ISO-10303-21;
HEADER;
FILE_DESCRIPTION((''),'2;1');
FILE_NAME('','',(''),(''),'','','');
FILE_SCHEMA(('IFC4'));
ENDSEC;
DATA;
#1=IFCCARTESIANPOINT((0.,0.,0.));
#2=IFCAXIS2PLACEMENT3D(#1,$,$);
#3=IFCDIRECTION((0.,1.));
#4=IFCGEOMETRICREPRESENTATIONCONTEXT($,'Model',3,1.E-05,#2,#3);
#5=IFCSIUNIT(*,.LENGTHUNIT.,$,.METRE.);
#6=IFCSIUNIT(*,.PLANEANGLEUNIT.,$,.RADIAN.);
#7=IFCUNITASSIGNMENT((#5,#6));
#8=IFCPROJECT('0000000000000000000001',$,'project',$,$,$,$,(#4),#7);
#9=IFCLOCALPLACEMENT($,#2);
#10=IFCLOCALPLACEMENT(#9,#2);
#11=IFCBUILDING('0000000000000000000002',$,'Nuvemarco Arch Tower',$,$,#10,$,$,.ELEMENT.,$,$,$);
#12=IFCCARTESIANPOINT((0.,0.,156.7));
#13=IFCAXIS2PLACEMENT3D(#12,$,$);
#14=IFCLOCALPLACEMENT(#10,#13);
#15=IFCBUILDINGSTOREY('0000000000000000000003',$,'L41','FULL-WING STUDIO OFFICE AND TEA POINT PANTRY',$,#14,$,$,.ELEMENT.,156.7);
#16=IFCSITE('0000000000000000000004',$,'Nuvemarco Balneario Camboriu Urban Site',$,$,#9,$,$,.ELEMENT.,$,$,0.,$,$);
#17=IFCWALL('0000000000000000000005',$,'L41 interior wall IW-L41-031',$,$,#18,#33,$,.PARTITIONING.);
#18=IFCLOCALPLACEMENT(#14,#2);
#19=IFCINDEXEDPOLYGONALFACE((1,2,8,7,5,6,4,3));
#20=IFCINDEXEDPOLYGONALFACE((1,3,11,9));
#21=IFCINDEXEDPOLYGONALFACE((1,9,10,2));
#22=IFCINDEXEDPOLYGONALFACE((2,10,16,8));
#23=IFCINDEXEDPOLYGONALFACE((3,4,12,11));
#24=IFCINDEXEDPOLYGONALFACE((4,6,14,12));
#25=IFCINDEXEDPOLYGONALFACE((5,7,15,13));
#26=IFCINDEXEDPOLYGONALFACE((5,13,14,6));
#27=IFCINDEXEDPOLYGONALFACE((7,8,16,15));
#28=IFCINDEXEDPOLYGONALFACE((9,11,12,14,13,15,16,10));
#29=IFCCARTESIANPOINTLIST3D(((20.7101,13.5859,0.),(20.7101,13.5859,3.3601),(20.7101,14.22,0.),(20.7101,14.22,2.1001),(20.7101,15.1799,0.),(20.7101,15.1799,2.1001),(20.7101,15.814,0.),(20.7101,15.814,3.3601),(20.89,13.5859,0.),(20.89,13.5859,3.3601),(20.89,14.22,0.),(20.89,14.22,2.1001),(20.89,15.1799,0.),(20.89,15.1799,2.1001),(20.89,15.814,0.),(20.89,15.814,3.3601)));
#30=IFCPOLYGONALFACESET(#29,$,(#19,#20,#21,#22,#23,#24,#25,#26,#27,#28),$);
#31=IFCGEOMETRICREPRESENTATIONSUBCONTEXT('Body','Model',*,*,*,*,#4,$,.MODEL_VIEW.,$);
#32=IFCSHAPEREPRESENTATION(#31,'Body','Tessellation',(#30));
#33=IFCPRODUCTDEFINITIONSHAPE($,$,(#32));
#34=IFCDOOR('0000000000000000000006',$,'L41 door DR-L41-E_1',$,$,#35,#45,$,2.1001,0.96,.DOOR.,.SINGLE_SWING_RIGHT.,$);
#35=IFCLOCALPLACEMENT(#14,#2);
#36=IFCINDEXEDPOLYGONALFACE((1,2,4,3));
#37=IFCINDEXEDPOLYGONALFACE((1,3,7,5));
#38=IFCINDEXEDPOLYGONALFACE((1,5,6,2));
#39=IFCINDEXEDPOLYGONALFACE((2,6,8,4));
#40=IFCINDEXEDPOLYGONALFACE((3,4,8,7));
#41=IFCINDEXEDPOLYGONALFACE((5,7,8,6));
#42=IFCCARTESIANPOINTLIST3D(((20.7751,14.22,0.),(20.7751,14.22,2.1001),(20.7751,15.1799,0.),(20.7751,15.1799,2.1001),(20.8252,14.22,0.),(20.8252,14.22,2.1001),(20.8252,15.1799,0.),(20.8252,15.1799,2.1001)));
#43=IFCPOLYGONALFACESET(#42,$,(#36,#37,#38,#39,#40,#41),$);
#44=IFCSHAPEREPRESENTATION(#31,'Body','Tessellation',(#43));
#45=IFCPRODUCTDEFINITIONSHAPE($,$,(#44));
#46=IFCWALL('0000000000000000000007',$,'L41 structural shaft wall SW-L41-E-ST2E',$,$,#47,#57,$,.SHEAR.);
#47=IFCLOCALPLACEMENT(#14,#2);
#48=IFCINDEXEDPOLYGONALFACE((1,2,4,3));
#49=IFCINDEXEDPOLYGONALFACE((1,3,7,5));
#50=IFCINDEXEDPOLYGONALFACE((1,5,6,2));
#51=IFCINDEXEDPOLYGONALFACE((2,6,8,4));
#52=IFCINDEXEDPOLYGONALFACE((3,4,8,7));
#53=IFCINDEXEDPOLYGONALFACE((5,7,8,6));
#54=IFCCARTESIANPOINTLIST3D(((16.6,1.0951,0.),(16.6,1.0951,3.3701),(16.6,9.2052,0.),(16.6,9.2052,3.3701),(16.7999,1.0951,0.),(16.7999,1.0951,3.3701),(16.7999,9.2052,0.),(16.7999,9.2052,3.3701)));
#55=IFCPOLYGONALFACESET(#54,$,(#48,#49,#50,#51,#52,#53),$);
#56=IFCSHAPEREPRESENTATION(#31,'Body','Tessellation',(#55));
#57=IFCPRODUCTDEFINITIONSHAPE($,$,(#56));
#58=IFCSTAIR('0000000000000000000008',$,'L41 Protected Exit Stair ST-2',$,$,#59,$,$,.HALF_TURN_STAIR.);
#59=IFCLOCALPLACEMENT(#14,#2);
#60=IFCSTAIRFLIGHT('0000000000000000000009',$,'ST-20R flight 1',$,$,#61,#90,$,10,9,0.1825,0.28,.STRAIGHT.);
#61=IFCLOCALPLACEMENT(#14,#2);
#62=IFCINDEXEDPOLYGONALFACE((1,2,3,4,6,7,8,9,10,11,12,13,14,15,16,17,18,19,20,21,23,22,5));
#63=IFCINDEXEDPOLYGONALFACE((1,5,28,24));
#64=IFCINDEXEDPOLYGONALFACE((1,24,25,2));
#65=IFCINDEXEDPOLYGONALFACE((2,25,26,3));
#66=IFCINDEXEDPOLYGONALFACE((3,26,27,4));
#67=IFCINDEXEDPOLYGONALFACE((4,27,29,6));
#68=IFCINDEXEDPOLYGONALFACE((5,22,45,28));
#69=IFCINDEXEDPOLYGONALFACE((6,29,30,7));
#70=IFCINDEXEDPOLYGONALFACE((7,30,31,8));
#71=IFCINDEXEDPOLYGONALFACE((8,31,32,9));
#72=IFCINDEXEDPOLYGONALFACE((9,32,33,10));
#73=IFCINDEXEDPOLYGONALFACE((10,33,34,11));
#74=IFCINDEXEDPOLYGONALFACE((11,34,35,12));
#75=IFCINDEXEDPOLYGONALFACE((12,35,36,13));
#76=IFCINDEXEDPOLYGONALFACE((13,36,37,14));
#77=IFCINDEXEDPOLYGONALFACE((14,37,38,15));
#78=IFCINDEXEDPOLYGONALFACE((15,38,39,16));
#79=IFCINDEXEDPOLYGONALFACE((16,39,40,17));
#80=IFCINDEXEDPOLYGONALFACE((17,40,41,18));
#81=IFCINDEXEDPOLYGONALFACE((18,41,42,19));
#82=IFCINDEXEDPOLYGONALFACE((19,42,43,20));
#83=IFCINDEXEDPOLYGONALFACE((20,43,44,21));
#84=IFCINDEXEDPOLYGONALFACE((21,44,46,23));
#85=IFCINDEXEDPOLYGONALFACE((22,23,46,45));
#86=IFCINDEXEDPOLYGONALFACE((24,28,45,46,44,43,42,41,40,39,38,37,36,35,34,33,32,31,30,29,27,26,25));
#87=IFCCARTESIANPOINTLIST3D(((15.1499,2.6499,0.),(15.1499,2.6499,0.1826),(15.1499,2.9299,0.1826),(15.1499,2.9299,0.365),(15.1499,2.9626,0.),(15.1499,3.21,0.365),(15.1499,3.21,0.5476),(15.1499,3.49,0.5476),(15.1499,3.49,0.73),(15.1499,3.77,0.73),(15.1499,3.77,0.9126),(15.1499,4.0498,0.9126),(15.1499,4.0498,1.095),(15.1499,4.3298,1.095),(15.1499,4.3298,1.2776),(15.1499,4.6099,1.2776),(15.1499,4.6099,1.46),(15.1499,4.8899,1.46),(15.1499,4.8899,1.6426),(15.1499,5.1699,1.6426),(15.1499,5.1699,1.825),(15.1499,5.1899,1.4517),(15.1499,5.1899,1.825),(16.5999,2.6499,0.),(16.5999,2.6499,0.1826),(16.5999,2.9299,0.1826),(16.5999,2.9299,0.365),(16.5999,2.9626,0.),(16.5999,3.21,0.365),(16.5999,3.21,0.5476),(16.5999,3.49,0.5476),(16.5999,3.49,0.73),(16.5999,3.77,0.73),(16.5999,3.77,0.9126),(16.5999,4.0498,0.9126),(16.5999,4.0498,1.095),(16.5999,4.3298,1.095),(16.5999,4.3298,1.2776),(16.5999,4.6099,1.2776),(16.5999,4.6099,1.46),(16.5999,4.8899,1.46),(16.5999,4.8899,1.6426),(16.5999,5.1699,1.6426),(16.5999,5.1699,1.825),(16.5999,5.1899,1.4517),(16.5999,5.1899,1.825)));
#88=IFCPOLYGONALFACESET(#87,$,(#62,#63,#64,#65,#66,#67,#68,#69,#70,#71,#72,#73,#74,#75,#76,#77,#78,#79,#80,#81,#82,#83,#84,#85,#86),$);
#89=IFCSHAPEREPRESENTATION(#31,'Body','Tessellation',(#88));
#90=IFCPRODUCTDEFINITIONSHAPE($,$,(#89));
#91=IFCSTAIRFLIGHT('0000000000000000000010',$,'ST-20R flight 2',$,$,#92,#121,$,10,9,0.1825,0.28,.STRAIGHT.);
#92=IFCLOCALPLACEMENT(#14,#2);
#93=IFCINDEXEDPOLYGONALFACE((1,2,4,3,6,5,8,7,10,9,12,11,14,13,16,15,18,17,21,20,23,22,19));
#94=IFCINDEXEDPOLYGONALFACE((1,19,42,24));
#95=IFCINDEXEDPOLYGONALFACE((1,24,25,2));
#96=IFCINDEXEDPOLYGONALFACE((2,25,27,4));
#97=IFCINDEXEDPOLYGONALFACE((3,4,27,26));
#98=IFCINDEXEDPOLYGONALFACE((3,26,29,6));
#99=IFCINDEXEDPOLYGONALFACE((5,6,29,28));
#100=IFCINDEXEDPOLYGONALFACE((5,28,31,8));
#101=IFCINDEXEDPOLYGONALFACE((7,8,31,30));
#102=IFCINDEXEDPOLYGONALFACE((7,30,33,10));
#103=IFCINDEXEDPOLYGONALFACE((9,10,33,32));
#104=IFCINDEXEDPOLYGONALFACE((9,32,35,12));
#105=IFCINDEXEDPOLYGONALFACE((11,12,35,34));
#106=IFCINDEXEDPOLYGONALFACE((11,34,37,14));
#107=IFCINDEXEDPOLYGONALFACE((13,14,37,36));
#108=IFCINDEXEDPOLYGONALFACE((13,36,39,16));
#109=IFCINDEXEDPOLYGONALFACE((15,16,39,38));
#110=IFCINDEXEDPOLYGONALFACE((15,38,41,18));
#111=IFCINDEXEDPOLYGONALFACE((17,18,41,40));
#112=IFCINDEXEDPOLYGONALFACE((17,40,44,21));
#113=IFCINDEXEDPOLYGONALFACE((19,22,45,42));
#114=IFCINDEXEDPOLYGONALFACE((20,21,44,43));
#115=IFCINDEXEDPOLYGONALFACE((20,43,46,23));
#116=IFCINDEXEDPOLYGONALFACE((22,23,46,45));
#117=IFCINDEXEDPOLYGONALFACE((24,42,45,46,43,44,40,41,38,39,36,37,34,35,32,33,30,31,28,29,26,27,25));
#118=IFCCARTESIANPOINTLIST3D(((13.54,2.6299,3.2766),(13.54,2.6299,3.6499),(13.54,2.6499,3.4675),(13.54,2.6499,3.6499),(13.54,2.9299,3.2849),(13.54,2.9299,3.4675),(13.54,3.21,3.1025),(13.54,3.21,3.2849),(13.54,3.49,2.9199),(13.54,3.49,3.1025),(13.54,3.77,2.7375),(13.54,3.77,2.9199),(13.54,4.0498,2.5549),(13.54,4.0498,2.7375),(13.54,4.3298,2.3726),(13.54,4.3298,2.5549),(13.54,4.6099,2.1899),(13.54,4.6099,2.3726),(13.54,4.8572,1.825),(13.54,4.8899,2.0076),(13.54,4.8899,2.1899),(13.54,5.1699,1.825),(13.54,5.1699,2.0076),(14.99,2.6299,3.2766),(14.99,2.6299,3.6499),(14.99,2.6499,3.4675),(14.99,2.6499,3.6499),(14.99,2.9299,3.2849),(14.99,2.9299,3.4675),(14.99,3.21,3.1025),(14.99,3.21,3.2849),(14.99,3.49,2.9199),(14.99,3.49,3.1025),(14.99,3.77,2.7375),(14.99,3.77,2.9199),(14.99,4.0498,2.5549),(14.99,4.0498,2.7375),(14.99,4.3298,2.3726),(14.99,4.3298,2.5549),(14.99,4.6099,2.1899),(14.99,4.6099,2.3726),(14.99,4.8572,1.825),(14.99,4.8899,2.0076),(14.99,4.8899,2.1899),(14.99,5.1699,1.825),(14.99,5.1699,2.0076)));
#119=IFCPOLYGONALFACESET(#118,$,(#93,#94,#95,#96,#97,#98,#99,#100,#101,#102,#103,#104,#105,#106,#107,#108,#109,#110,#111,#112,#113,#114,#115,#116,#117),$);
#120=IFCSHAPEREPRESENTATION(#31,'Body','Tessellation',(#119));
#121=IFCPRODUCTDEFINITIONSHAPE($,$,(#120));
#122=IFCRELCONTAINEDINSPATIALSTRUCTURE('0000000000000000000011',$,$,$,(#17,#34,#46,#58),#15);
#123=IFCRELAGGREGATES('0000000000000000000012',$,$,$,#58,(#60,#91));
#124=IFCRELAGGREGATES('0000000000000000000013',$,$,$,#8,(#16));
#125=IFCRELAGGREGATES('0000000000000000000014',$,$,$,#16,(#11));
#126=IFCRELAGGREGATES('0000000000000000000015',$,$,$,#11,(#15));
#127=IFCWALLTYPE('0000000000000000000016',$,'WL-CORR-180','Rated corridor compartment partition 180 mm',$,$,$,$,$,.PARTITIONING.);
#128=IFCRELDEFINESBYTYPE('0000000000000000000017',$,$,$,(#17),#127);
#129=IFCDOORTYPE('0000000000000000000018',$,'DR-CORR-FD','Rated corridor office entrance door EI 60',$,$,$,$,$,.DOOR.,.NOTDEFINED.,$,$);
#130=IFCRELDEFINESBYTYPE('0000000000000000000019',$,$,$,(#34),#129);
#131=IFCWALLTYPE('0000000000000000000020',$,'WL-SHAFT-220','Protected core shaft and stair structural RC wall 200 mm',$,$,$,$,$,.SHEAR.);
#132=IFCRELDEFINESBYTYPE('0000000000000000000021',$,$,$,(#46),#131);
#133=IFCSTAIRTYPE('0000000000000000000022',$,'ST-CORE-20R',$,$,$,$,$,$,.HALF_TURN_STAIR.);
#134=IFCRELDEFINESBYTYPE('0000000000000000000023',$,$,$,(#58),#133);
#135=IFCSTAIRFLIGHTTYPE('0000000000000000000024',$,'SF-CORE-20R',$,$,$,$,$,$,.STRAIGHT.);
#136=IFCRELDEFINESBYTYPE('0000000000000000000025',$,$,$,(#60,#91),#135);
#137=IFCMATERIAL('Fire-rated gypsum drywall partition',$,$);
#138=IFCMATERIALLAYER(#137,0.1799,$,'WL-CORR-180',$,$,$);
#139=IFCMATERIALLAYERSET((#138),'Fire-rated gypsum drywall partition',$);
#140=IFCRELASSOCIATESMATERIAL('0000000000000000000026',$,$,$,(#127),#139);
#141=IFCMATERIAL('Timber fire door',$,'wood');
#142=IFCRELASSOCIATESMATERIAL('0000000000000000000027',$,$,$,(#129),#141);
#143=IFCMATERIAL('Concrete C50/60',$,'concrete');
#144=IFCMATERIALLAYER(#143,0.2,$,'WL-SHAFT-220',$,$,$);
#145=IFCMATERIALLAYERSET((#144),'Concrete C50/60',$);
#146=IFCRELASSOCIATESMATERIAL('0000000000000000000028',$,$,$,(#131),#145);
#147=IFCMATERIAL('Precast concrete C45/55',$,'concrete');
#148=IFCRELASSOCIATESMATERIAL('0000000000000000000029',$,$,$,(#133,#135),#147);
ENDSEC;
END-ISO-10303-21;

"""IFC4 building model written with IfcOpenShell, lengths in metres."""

from ifc_helpers import new_model, si_unit, direction, frame, frame_2d, origin, place, context, subcontext, project, spatial, polyline, rectangle, outline, extrude, source, transform, mapped, material, layer, layer_set, type_object, type_shapes, element, fill, aggregate, save


model = new_model("IFC4")

# Units and contexts
model_context = context("Model", 3, precision=1e-05, world=origin(), true_north=direction((0.0, 1.0)))
body_context = subcontext(model_context, "Body", "Model", "MODEL_VIEW")
ifc_project = project(units=[si_unit("LENGTHUNIT", "METRE"), si_unit("PLANEANGLEUNIT", "RADIAN")], contexts=[model_context])

# Site, building, storey
site_placement = place(None, origin())
site = spatial("IfcSite", under=ifc_project, at=site_placement, Name="Nuvemarco Balneario Camboriu Urban Site", CompositionType="ELEMENT", RefElevation=0.0)
building_placement = place(site_placement, origin())
building = spatial("IfcBuilding", under=site, at=building_placement, Name="Nuvemarco Arch Tower", CompositionType="ELEMENT")
storey_placement = place(building_placement, frame((0.0, 0.0, 156.7)))
storey = spatial("IfcBuildingStorey", under=building, at=storey_placement, Name="L41", Description="FULL-WING STUDIO OFFICE AND TEA POINT PANTRY", CompositionType="ELEMENT", Elevation=156.7)

# Shared definitions
ifc_material_1 = material(Name="Concrete C50/60", Category="concrete")

# Shared definitions
ifc_material_2 = material(Name="Precast concrete C45/55", Category="concrete")

# Shared definitions
ifc_material_3 = material(Name="Fire-rated gypsum drywall partition")
ifc_layer_1 = layer(ifc_material_3, 0.1799, Name="WL-CORR-180")
ifc_layer_set_1 = layer_set([ifc_layer_1], Name="Fire-rated gypsum drywall partition")
wall_type_1 = type_object("IfcWallType", Name="WL-CORR-180", Description="Rated corridor compartment partition 180 mm", PredefinedType="PARTITIONING", material=ifc_layer_set_1)

# Wall, opening, door
wall_1_placement = place(storey_placement, frame((20.8, 13.5859, 0.0), z_axis=(0.0, 0.0, 1.0), x_axis=(0.0, 1.0, 0.0)))
wall_1 = element("IfcWall", 1, at=wall_1_placement, inside=storey, type_object=wall_type_1, Name="L41 interior wall IW-L41-031", PredefinedType="PARTITIONING", context=body_context, shape_type="SweptSolid", body=[
    extrude(rectangle(XDim=2.228, YDim=0.1799, at=frame_2d((1.114, 0.0))), origin(), (0.0, 0.0, 1.0), 3.3601),
])
opening_placement = place(wall_1_placement, frame((0.634, 0.0, 0.0)))
opening = element("IfcOpeningElement", 2, at=opening_placement, cuts=wall_1, PredefinedType="OPENING", context=body_context, shape_type="SweptSolid", body=[
    extrude(rectangle(XDim=0.96, YDim=2.1001, at=frame_2d((0.48, 1.05))), frame((0.0, 0.0999, 0.0), z_axis=(0.0, -1.0, 0.0), x_axis=(1.0, 0.0, 0.0)), (0.0, 0.0, 1.0), 0.2),
])
ifc_material_4 = material(Name="Timber fire door", Category="wood")
door_type = type_object("IfcDoorType", Name="DR-CORR-FD", Description="Rated corridor office entrance door EI 60", OperationType="NOTDEFINED", PredefinedType="DOOR", material=ifc_material_4)
shared_shape_1 = source(origin(), body_context, "Body", "SweptSolid", [
    extrude(rectangle(XDim=0.96, YDim=2.1001, at=frame_2d((0.48, 1.05))), frame((0.0, 0.0249, 0.0), z_axis=(0.0, -1.0, 0.0), x_axis=(1.0, 0.0, 0.0)), (0.0, 0.0, 1.0), 0.05),
])
type_shapes(door_type, [shared_shape_1])
door_placement = place(opening_placement, origin())
door = element("IfcDoor", 3, at=door_placement, inside=storey, type_object=door_type, Name="L41 door DR-L41-E_1", OperationType="SINGLE_SWING_RIGHT", OverallHeight=2.1001, OverallWidth=0.96, PredefinedType="DOOR", context=body_context, shape_type="MappedRepresentation", body=[
    mapped(shared_shape_1, transform((0.0, 0.0, 0.0), scale=1.0)),
])
fill(opening, door)

# Wall
ifc_layer_2 = layer(ifc_material_1, 0.2, Name="WL-SHAFT-220")
ifc_layer_set_2 = layer_set([ifc_layer_2], Name="Concrete C50/60")
wall_type_2 = type_object("IfcWallType", Name="WL-SHAFT-220", Description="Protected core shaft and stair structural RC wall 200 mm", PredefinedType="SHEAR", material=ifc_layer_set_2)
wall_2_placement = place(storey_placement, frame((16.7, 1.095, 0.0), z_axis=(0.0, 0.0, 1.0), x_axis=(0.0, 1.0, 0.0)))
element("IfcWall", 4, at=wall_2_placement, inside=storey, type_object=wall_type_2, Name="L41 structural shaft wall SW-L41-E-ST2E", PredefinedType="SHEAR", context=body_context, shape_type="SweptSolid", body=[
    extrude(rectangle(XDim=8.1101, YDim=0.2, at=frame_2d((4.0552, 0.0))), origin(), (0.0, 0.0, 1.0), 3.3701),
])

# Stair, stair flights
stair_type = type_object("IfcStairType", Name="ST-CORE-20R", PredefinedType="HALF_TURN_STAIR", material=ifc_material_2)
stair_placement = place(storey_placement, origin())
stair = element("IfcStair", 5, at=stair_placement, inside=storey, type_object=stair_type, Name="L41 Protected Exit Stair ST-2", PredefinedType="HALF_TURN_STAIR")
stair_flight_type = type_object("IfcStairFlightType", Name="SF-CORE-20R", PredefinedType="STRAIGHT", material=ifc_material_2)
stair_flight_1_placement = place(storey_placement, frame((15.875, 2.6499, 0.0), z_axis=(0.0, 0.0, 1.0), x_axis=(0.0, 1.0, 0.0)))
stair_flight_1 = element("IfcStairFlight", 6, at=stair_flight_1_placement, type_object=stair_flight_type, Name="ST-20R flight 1", NumberOfRisers=10, NumberOfTreads=9, PredefinedType="STRAIGHT", RiserHeight=0.1825, TreadLength=0.28, context=body_context, shape_type="SweptSolid", body=[
    extrude(outline(polyline([(0.0, 0.0), (0.0, 0.1826), (0.28, 0.1826), (0.28, 0.365), (0.5601, 0.365), (0.5601, 0.5476), (0.8401, 0.5476), (0.8401, 0.73), (1.1201, 0.73), (1.1201, 0.9126), (1.3999, 0.9126), (1.3999, 1.095), (1.6799, 1.095), (1.6799, 1.2776), (1.96, 1.2776), (1.96, 1.46), (2.24, 1.46), (2.24, 1.6426), (2.52, 1.6426), (2.52, 1.825), (2.54, 1.825), (2.54, 1.4517), (0.3127, 0.0), (0.0, 0.0)])), frame((0.0, 0.7251, 0.0), z_axis=(0.0, -1.0, 0.0), x_axis=(1.0, 0.0, 0.0)), (0.0, 0.0, 1.0), 1.45),
])
stair_flight_2_placement = place(storey_placement, frame((14.2649, 5.1699, 1.825), z_axis=(0.0, 0.0, 1.0), x_axis=(0.0, -1.0, 0.0)))
stair_flight_2 = element("IfcStairFlight", 7, at=stair_flight_2_placement, type_object=stair_flight_type, Name="ST-20R flight 2", NumberOfRisers=10, NumberOfTreads=9, PredefinedType="STRAIGHT", RiserHeight=0.1825, TreadLength=0.28, context=body_context, shape_type="SweptSolid", body=[
    extrude(outline(polyline([(0.0, 0.0), (0.0, 0.1826), (0.28, 0.1826), (0.28, 0.365), (0.5601, 0.365), (0.5601, 0.5476), (0.8401, 0.5476), (0.8401, 0.73), (1.1201, 0.73), (1.1201, 0.9126), (1.3999, 0.9126), (1.3999, 1.095), (1.6799, 1.095), (1.6799, 1.2776), (1.96, 1.2776), (1.96, 1.46), (2.24, 1.46), (2.24, 1.6426), (2.52, 1.6426), (2.52, 1.825), (2.54, 1.825), (2.54, 1.4517), (0.3127, 0.0), (0.0, 0.0)])), frame((0.0, 0.7251, 0.0), z_axis=(0.0, -1.0, 0.0), x_axis=(1.0, 0.0, 0.0)), (0.0, 0.0, 1.0), 1.45),
])
aggregate(stair, [stair_flight_1, stair_flight_2])

save(model, "model.ifc")
